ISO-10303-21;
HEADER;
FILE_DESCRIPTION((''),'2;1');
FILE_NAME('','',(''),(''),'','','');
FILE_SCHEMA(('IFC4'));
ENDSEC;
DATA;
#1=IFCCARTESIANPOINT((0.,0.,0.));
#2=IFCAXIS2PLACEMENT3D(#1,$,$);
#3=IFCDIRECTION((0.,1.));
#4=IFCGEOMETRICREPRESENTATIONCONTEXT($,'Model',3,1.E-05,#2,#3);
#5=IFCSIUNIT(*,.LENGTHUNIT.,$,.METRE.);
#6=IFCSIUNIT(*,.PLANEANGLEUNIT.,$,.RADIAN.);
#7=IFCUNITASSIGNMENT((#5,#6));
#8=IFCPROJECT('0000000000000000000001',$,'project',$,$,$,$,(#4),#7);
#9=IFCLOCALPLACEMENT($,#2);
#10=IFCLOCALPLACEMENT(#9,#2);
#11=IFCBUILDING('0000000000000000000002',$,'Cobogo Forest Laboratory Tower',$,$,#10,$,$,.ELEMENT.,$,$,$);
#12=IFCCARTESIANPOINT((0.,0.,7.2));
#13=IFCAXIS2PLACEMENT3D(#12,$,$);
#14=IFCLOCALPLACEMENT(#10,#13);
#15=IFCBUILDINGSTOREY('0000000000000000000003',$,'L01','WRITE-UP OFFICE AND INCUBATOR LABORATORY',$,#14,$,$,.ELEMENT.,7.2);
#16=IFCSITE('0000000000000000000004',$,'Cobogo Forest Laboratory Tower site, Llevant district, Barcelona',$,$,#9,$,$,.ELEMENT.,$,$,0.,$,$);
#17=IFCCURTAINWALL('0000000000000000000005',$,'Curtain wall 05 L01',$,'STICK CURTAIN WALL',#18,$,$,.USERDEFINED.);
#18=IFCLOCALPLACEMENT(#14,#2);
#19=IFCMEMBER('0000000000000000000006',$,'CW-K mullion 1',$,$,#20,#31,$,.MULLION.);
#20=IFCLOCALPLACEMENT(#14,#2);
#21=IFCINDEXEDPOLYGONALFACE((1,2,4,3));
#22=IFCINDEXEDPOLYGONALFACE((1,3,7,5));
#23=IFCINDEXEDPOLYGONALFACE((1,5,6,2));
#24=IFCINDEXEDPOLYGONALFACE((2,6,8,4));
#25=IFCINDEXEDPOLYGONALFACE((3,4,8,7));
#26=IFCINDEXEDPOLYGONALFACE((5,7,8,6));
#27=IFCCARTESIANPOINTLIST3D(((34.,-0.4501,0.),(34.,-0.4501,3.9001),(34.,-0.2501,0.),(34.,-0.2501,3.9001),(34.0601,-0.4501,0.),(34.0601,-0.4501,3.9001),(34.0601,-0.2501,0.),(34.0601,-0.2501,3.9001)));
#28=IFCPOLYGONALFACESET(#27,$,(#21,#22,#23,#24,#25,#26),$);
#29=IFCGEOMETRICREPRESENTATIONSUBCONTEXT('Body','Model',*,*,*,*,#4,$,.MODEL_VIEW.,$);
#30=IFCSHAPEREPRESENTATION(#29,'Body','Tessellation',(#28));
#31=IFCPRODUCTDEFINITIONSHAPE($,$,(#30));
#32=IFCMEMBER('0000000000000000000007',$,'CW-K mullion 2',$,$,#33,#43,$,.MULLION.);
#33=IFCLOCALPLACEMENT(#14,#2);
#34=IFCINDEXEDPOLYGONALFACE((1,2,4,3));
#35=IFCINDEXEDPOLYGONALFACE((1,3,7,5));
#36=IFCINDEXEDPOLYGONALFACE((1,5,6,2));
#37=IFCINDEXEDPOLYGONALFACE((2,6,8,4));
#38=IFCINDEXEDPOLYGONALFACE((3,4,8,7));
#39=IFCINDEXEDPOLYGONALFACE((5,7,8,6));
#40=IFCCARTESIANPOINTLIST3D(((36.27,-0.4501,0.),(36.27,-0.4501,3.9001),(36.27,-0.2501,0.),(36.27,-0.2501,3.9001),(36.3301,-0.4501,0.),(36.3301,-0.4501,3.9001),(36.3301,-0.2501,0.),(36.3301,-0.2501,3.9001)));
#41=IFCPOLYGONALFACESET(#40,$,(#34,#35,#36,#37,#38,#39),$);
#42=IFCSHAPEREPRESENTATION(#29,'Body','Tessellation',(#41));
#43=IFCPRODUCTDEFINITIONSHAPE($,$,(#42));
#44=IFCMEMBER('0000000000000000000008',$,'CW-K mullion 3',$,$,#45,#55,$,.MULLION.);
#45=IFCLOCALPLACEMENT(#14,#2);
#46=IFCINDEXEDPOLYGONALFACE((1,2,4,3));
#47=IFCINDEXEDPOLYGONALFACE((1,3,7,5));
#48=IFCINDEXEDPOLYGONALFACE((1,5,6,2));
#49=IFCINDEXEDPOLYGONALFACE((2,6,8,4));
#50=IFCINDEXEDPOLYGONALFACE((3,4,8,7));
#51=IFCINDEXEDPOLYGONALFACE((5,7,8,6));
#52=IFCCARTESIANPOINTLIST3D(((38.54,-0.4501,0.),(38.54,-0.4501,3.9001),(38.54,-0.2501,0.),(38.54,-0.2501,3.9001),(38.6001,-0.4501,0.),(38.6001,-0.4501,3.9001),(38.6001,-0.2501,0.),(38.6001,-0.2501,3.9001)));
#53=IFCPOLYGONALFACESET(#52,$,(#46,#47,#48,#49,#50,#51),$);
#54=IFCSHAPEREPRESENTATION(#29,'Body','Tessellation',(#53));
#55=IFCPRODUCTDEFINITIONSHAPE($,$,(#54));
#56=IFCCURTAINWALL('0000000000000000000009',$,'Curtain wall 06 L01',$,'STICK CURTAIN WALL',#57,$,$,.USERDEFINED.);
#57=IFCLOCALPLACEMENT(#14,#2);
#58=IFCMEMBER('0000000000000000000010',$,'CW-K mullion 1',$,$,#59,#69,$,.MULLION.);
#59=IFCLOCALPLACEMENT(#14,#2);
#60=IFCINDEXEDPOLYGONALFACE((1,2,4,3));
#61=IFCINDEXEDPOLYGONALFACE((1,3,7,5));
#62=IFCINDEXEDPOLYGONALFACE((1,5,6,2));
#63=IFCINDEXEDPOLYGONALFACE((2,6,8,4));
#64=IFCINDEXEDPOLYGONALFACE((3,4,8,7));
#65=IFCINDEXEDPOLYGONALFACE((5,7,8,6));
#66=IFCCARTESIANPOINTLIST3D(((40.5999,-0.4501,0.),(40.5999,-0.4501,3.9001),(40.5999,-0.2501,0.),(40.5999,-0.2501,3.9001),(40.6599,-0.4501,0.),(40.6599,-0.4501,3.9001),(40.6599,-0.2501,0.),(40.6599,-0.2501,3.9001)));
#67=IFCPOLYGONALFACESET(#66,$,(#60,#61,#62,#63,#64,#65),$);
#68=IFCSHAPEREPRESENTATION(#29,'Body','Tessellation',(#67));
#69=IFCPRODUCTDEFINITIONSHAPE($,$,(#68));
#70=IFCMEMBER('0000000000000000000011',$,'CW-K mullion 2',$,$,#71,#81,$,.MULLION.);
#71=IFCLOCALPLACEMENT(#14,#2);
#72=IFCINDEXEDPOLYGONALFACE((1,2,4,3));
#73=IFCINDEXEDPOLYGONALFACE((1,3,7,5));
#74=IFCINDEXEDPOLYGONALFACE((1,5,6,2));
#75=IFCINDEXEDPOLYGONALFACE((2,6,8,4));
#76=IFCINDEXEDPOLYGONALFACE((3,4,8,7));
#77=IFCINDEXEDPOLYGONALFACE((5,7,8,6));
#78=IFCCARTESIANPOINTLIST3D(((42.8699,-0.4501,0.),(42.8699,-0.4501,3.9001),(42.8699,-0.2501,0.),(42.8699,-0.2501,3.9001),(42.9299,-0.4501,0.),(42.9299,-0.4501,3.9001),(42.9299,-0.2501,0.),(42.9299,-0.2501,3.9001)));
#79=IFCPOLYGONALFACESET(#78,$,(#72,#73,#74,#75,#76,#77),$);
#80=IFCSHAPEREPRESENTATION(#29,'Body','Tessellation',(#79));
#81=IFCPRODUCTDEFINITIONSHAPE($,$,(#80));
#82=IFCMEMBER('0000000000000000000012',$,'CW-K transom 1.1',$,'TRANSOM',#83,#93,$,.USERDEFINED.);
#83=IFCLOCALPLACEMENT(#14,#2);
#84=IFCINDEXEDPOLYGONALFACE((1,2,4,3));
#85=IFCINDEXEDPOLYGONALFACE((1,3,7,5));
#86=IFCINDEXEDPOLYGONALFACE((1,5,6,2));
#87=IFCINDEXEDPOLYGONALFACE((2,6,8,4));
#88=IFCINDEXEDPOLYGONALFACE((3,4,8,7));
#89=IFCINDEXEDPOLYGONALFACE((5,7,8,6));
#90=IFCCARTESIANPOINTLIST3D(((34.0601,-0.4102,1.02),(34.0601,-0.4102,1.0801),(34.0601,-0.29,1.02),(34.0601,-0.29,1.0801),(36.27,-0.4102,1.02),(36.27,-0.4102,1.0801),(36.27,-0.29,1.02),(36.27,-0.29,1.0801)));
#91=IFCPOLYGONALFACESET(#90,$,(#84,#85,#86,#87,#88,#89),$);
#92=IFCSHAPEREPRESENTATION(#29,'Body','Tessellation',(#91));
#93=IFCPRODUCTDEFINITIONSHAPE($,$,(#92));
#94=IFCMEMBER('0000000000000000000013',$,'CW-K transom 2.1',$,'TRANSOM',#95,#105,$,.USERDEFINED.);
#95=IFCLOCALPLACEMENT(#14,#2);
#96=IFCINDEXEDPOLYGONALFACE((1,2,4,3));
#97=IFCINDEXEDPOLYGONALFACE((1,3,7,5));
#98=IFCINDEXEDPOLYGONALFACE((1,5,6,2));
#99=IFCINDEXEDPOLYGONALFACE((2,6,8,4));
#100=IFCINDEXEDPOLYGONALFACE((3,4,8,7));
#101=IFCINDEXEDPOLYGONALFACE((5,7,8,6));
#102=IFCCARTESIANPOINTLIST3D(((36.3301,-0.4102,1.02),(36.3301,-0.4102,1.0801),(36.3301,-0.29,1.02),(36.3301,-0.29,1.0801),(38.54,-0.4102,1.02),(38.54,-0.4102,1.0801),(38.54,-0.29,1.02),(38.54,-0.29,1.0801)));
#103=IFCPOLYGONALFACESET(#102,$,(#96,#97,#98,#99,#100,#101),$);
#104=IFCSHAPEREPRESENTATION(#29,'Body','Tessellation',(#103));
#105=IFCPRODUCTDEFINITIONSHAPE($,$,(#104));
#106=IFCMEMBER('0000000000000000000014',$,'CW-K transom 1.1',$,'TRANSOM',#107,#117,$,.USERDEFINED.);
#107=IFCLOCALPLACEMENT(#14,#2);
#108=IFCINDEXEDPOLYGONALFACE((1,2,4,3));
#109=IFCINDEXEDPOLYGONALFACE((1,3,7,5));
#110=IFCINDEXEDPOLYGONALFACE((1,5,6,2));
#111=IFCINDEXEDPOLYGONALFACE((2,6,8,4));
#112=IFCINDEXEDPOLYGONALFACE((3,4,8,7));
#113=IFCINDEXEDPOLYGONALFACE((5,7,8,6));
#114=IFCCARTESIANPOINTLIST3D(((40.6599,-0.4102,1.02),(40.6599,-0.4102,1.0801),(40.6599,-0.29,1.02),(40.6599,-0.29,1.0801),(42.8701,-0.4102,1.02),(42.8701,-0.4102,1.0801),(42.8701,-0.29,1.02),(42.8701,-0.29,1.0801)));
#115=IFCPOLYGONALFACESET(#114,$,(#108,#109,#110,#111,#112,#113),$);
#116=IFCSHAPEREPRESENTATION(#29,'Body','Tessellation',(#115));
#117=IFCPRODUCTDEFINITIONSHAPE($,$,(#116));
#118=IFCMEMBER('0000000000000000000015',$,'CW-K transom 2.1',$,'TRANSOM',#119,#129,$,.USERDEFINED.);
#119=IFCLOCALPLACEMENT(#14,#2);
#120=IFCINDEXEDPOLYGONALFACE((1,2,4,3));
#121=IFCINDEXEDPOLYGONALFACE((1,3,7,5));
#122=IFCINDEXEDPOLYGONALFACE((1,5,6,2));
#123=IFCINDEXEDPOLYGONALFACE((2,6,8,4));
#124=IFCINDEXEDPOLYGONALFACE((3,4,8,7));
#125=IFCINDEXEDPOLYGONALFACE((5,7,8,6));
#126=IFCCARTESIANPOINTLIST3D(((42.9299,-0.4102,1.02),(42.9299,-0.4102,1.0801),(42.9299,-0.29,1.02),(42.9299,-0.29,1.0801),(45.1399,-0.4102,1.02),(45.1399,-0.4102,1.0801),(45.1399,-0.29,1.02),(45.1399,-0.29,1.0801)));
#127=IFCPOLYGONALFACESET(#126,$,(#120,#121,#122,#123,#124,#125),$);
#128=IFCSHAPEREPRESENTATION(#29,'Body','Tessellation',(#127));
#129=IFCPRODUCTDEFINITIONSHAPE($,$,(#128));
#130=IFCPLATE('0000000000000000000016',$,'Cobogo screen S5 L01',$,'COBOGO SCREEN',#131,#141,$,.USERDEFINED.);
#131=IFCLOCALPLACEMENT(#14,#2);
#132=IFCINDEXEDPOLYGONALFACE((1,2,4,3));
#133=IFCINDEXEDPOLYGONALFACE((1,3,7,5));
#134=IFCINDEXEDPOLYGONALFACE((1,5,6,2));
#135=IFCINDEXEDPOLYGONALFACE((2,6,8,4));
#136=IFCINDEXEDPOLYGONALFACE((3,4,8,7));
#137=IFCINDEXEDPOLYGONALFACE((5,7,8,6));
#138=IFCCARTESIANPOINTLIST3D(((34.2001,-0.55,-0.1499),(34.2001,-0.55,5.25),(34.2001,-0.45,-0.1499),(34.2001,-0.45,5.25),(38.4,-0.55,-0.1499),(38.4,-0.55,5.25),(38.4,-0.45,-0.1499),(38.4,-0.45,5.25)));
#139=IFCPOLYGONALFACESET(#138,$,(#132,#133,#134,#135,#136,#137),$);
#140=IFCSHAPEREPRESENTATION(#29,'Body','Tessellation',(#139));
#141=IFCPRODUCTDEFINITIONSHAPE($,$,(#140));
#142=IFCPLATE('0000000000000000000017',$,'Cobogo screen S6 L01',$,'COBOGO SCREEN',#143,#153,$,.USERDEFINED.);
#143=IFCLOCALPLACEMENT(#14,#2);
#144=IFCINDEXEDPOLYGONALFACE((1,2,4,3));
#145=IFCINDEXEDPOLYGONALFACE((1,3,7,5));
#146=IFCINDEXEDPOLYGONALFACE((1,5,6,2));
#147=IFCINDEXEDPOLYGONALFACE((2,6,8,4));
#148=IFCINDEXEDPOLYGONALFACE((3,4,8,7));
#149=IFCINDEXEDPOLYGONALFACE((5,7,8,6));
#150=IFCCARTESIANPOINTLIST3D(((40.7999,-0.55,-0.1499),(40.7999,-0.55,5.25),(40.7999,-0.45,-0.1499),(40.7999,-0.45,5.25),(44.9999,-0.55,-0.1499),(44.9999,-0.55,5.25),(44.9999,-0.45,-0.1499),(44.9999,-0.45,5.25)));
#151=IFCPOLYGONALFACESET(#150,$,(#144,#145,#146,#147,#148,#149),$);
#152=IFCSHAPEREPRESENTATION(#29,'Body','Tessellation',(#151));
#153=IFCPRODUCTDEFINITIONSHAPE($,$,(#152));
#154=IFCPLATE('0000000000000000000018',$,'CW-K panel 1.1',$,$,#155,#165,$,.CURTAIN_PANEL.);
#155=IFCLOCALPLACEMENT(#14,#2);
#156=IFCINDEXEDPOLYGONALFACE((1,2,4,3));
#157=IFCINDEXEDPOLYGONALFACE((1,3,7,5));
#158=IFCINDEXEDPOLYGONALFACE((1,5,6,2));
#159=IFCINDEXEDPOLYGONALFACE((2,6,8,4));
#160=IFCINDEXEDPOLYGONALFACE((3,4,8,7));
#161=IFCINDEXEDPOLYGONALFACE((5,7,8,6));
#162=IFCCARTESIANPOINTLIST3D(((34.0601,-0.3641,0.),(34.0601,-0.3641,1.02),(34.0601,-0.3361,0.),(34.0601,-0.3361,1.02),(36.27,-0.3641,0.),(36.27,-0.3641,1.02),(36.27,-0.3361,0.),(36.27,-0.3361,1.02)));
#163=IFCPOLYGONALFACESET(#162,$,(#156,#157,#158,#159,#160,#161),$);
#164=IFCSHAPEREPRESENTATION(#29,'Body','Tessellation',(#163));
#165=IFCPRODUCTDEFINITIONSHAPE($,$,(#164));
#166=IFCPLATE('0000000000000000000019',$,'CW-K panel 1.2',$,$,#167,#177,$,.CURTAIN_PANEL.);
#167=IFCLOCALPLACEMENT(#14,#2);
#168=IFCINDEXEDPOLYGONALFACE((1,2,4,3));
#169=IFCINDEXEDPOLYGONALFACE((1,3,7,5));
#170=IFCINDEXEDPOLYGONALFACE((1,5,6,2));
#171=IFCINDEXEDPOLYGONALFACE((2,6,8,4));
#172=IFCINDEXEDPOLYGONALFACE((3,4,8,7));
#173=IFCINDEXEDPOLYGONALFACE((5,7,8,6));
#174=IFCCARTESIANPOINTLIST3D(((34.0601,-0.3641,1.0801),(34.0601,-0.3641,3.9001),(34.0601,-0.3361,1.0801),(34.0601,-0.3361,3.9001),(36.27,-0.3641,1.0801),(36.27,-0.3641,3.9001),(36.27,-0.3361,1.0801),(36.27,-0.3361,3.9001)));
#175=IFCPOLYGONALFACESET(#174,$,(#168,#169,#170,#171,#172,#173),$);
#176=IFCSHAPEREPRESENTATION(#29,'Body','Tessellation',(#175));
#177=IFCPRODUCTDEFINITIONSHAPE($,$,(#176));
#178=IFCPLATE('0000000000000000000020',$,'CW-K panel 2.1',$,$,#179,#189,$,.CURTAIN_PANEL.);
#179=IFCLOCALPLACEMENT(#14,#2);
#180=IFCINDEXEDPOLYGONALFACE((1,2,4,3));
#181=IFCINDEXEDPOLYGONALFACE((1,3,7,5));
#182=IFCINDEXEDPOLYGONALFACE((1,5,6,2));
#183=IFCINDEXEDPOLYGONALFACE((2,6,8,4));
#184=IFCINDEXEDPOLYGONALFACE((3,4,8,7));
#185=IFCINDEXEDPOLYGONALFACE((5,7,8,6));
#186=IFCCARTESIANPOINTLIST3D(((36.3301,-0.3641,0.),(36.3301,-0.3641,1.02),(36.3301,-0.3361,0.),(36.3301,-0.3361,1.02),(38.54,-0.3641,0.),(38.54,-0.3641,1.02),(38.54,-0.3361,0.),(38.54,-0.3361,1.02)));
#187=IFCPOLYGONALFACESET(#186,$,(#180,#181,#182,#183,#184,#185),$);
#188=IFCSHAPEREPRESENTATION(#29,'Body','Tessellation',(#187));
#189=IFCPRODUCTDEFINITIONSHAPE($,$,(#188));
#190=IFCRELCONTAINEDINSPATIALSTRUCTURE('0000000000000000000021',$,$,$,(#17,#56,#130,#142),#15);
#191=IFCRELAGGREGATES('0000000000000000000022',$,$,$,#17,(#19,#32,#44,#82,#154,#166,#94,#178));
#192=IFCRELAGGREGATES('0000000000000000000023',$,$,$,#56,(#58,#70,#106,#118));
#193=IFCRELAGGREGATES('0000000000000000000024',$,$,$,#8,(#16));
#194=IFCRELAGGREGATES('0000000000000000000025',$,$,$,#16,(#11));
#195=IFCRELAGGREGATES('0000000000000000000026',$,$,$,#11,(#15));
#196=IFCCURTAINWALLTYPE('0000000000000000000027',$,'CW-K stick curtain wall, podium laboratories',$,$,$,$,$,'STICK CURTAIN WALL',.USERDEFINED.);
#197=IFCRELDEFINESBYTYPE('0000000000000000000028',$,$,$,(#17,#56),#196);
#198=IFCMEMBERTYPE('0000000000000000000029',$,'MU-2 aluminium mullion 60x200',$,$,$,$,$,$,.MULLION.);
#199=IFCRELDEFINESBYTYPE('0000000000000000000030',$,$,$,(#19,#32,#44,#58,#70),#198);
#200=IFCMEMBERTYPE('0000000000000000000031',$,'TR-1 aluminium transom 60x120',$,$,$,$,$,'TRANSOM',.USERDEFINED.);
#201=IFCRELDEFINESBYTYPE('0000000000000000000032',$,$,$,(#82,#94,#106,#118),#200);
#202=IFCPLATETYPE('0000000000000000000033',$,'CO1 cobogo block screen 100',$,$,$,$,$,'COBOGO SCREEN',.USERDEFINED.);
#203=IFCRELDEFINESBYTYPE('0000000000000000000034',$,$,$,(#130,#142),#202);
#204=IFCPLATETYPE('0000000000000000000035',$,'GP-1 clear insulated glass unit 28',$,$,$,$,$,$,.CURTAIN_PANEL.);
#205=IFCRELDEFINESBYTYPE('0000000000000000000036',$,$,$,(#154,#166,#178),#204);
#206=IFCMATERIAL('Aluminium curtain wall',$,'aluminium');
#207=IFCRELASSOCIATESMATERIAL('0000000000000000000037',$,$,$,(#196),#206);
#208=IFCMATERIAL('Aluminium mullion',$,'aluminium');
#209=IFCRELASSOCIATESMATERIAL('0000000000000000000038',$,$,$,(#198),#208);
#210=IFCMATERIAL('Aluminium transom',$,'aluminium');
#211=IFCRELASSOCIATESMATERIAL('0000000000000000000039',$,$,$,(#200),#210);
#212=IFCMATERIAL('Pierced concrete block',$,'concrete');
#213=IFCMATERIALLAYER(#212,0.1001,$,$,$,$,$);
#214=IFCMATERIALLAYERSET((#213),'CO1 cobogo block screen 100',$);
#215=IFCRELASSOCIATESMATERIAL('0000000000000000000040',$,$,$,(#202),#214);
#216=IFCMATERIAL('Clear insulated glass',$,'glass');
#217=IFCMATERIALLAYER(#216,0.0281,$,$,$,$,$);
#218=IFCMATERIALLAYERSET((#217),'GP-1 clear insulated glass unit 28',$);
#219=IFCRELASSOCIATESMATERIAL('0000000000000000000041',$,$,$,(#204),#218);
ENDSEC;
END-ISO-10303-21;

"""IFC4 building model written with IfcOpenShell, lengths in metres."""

from ifc_helpers import new_model, si_unit, direction, frame, origin, origin_2d, place, context, subcontext, project, spatial, rectangle, extrude, material, layer, layer_set, material_profile, profile_set, type_object, element, aggregate, save


model = new_model("IFC4")

# Units and contexts
model_context = context("Model", 3, precision=1e-05, world=origin(), true_north=direction((0.0, 1.0)))
body_context = subcontext(model_context, "Body", "Model", "MODEL_VIEW")
ifc_project = project(units=[si_unit("LENGTHUNIT", "METRE"), si_unit("PLANEANGLEUNIT", "RADIAN")], contexts=[model_context])

# Site, building, storey
site_placement = place(None, origin())
site = spatial("IfcSite", under=ifc_project, at=site_placement, Name="Cobogo Forest Laboratory Tower site, Llevant district, Barcelona", CompositionType="ELEMENT", RefElevation=0.0)
building_placement = place(site_placement, origin())
building = spatial("IfcBuilding", under=site, at=building_placement, Name="Cobogo Forest Laboratory Tower", CompositionType="ELEMENT")
storey_placement = place(building_placement, frame((0.0, 0.0, 7.2)))
storey = spatial("IfcBuildingStorey", under=building, at=storey_placement, Name="L01", Description="WRITE-UP OFFICE AND INCUBATOR LABORATORY", CompositionType="ELEMENT", Elevation=7.2)

# Curtain walls, members
ifc_material_1 = material(Name="Aluminium curtain wall", Category="aluminium")
curtain_wall_type = type_object("IfcCurtainWallType", Name="CW-K stick curtain wall, podium laboratories", ElementType="STICK CURTAIN WALL", PredefinedType="USERDEFINED", material=ifc_material_1)
curtain_wall_1_placement = place(storey_placement, origin())
curtain_wall_1 = element("IfcCurtainWall", 1, at=curtain_wall_1_placement, inside=storey, type_object=curtain_wall_type, Name="Curtain wall 05 L01", ObjectType="STICK CURTAIN WALL", PredefinedType="USERDEFINED")
ifc_material_2 = material(Name="Aluminium mullion", Category="aluminium")
ifc_material_profile_1 = material_profile(ifc_material_2, rectangle(XDim=0.0601, YDim=0.2, at=origin_2d()), Name="AL 60x200")
ifc_profile_set_1 = profile_set([ifc_material_profile_1], Name="Aluminium mullion")
member_type_1 = type_object("IfcMemberType", Name="MU-2 aluminium mullion 60x200", PredefinedType="MULLION", material=ifc_profile_set_1)
member_1_placement = place(storey_placement, frame((34.03, -0.3501, 0.0), z_axis=(0.0, 0.0, 1.0), x_axis=(1.0, 0.0, 0.0)))
member_1 = element("IfcMember", 2, at=member_1_placement, type_object=member_type_1, Name="CW-K mullion 1", PredefinedType="MULLION", context=body_context, shape_type="SweptSolid", body=[
    extrude(rectangle(XDim=0.0601, YDim=0.2, at=origin_2d()), origin(), (0.0, 0.0, 1.0), 3.9001),
])
member_2_placement = place(storey_placement, frame((36.3, -0.3501, 0.0), z_axis=(0.0, 0.0, 1.0), x_axis=(1.0, 0.0, 0.0)))
member_2 = element("IfcMember", 3, at=member_2_placement, type_object=member_type_1, Name="CW-K mullion 2", PredefinedType="MULLION", context=body_context, shape_type="SweptSolid", body=[
    extrude(rectangle(XDim=0.0601, YDim=0.2, at=origin_2d()), origin(), (0.0, 0.0, 1.0), 3.9001),
])
member_3_placement = place(storey_placement, frame((38.5701, -0.3501, 0.0), z_axis=(0.0, 0.0, 1.0), x_axis=(1.0, 0.0, 0.0)))
member_3 = element("IfcMember", 4, at=member_3_placement, type_object=member_type_1, Name="CW-K mullion 3", PredefinedType="MULLION", context=body_context, shape_type="SweptSolid", body=[
    extrude(rectangle(XDim=0.0601, YDim=0.2, at=origin_2d()), origin(), (0.0, 0.0, 1.0), 3.9001),
])
curtain_wall_2_placement = place(storey_placement, origin())
curtain_wall_2 = element("IfcCurtainWall", 5, at=curtain_wall_2_placement, inside=storey, type_object=curtain_wall_type, Name="Curtain wall 06 L01", ObjectType="STICK CURTAIN WALL", PredefinedType="USERDEFINED")
member_4_placement = place(storey_placement, frame((40.6299, -0.3501, 0.0), z_axis=(0.0, 0.0, 1.0), x_axis=(1.0, 0.0, 0.0)))
member_4 = element("IfcMember", 6, at=member_4_placement, type_object=member_type_1, Name="CW-K mullion 1", PredefinedType="MULLION", context=body_context, shape_type="SweptSolid", body=[
    extrude(rectangle(XDim=0.0601, YDim=0.2, at=origin_2d()), origin(), (0.0, 0.0, 1.0), 3.9001),
])
member_5_placement = place(storey_placement, frame((42.8999, -0.3501, 0.0), z_axis=(0.0, 0.0, 1.0), x_axis=(1.0, 0.0, 0.0)))
member_5 = element("IfcMember", 7, at=member_5_placement, type_object=member_type_1, Name="CW-K mullion 2", PredefinedType="MULLION", context=body_context, shape_type="SweptSolid", body=[
    extrude(rectangle(XDim=0.0601, YDim=0.2, at=origin_2d()), origin(), (0.0, 0.0, 1.0), 3.9001),
])

# Members
ifc_material_3 = material(Name="Aluminium transom", Category="aluminium")
ifc_material_profile_2 = material_profile(ifc_material_3, rectangle(XDim=0.1201, YDim=0.0601, at=origin_2d()), Name="AL 60x120")
ifc_profile_set_2 = profile_set([ifc_material_profile_2], Name="Aluminium transom")
member_type_2 = type_object("IfcMemberType", Name="TR-1 aluminium transom 60x120", ElementType="TRANSOM", PredefinedType="USERDEFINED", material=ifc_profile_set_2)
member_6_placement = place(storey_placement, frame((34.0601, -0.3501, 1.05), z_axis=(1.0, 0.0, 0.0), x_axis=(0.0, 1.0, 0.0)))
member_6 = element("IfcMember", 8, at=member_6_placement, type_object=member_type_2, Name="CW-K transom 1.1", ObjectType="TRANSOM", PredefinedType="USERDEFINED", context=body_context, shape_type="SweptSolid", body=[
    extrude(rectangle(XDim=0.1201, YDim=0.0601, at=origin_2d()), origin(), (0.0, 0.0, 1.0), 2.21),
])
member_7_placement = place(storey_placement, frame((36.3301, -0.3501, 1.05), z_axis=(1.0, 0.0, 0.0), x_axis=(0.0, 1.0, 0.0)))
member_7 = element("IfcMember", 9, at=member_7_placement, type_object=member_type_2, Name="CW-K transom 2.1", ObjectType="TRANSOM", PredefinedType="USERDEFINED", context=body_context, shape_type="SweptSolid", body=[
    extrude(rectangle(XDim=0.1201, YDim=0.0601, at=origin_2d()), origin(), (0.0, 0.0, 1.0), 2.21),
])
member_8_placement = place(storey_placement, frame((40.6599, -0.3501, 1.05), z_axis=(1.0, 0.0, 0.0), x_axis=(0.0, 1.0, 0.0)))
member_8 = element("IfcMember", 10, at=member_8_placement, type_object=member_type_2, Name="CW-K transom 1.1", ObjectType="TRANSOM", PredefinedType="USERDEFINED", context=body_context, shape_type="SweptSolid", body=[
    extrude(rectangle(XDim=0.1201, YDim=0.0601, at=origin_2d()), origin(), (0.0, 0.0, 1.0), 2.2102),
])
member_9_placement = place(storey_placement, frame((42.9299, -0.3501, 1.05), z_axis=(1.0, 0.0, 0.0), x_axis=(0.0, 1.0, 0.0)))
member_9 = element("IfcMember", 11, at=member_9_placement, type_object=member_type_2, Name="CW-K transom 2.1", ObjectType="TRANSOM", PredefinedType="USERDEFINED", context=body_context, shape_type="SweptSolid", body=[
    extrude(rectangle(XDim=0.1201, YDim=0.0601, at=origin_2d()), origin(), (0.0, 0.0, 1.0), 2.21),
])

# Plates
ifc_material_4 = material(Name="Pierced concrete block", Category="concrete")
ifc_layer_1 = layer(ifc_material_4, 0.1001)
ifc_layer_set_1 = layer_set([ifc_layer_1], Name="CO1 cobogo block screen 100")
plate_type_1 = type_object("IfcPlateType", Name="CO1 cobogo block screen 100", ElementType="COBOGO SCREEN", PredefinedType="USERDEFINED", material=ifc_layer_set_1)
for number, where, z_axis, x_axis, name in (
    (12, (36.3, -0.5, -0.1499), (0.0, 0.0, 1.0), (1.0, 0.0, 0.0), "Cobogo screen S5 L01"),
    (13, (42.8999, -0.5, -0.1499), (0.0, 0.0, 1.0), (1.0, 0.0, 0.0), "Cobogo screen S6 L01"),
):
    element("IfcPlate", number, at=place(storey_placement, frame(where, z_axis=z_axis, x_axis=x_axis)), inside=storey, type_object=plate_type_1, Name=name, ObjectType="COBOGO SCREEN", PredefinedType="USERDEFINED", context=body_context, shape_type="SweptSolid", body=[
        extrude(rectangle(XDim=4.2, YDim=0.1001, at=origin_2d()), origin(), (0.0, 0.0, 1.0), 5.3999),
    ])

# Plates
ifc_material_5 = material(Name="Clear insulated glass", Category="glass")
ifc_layer_2 = layer(ifc_material_5, 0.0281)
ifc_layer_set_2 = layer_set([ifc_layer_2], Name="GP-1 clear insulated glass unit 28")
plate_type_2 = type_object("IfcPlateType", Name="GP-1 clear insulated glass unit 28", PredefinedType="CURTAIN_PANEL", material=ifc_layer_set_2)
plate_1_placement = place(storey_placement, frame((35.165, -0.3501, 0.0), z_axis=(0.0, 0.0, 1.0), x_axis=(1.0, 0.0, 0.0)))
plate_1 = element("IfcPlate", 14, at=plate_1_placement, type_object=plate_type_2, Name="CW-K panel 1.1", PredefinedType="CURTAIN_PANEL", context=body_context, shape_type="SweptSolid", body=[
    extrude(rectangle(XDim=2.21, YDim=0.0281, at=origin_2d()), origin(), (0.0, 0.0, 1.0), 1.02),
])
plate_2_placement = place(storey_placement, frame((35.165, -0.3501, 1.0801), z_axis=(0.0, 0.0, 1.0), x_axis=(1.0, 0.0, 0.0)))
plate_2 = element("IfcPlate", 15, at=plate_2_placement, type_object=plate_type_2, Name="CW-K panel 1.2", PredefinedType="CURTAIN_PANEL", context=body_context, shape_type="SweptSolid", body=[
    extrude(rectangle(XDim=2.21, YDim=0.0281, at=origin_2d()), origin(), (0.0, 0.0, 1.0), 2.8201),
])
plate_3_placement = place(storey_placement, frame((37.4351, -0.3501, 0.0), z_axis=(0.0, 0.0, 1.0), x_axis=(1.0, 0.0, 0.0)))
plate_3 = element("IfcPlate", 16, at=plate_3_placement, type_object=plate_type_2, Name="CW-K panel 2.1", PredefinedType="CURTAIN_PANEL", context=body_context, shape_type="SweptSolid", body=[
    extrude(rectangle(XDim=2.21, YDim=0.0281, at=origin_2d()), origin(), (0.0, 0.0, 1.0), 1.02),
])
aggregate(curtain_wall_1, [member_1, member_2, member_3, member_6, plate_1, plate_2, member_7, plate_3])
aggregate(curtain_wall_2, [member_4, member_5, member_8, member_9])

save(model, "model.ifc")
